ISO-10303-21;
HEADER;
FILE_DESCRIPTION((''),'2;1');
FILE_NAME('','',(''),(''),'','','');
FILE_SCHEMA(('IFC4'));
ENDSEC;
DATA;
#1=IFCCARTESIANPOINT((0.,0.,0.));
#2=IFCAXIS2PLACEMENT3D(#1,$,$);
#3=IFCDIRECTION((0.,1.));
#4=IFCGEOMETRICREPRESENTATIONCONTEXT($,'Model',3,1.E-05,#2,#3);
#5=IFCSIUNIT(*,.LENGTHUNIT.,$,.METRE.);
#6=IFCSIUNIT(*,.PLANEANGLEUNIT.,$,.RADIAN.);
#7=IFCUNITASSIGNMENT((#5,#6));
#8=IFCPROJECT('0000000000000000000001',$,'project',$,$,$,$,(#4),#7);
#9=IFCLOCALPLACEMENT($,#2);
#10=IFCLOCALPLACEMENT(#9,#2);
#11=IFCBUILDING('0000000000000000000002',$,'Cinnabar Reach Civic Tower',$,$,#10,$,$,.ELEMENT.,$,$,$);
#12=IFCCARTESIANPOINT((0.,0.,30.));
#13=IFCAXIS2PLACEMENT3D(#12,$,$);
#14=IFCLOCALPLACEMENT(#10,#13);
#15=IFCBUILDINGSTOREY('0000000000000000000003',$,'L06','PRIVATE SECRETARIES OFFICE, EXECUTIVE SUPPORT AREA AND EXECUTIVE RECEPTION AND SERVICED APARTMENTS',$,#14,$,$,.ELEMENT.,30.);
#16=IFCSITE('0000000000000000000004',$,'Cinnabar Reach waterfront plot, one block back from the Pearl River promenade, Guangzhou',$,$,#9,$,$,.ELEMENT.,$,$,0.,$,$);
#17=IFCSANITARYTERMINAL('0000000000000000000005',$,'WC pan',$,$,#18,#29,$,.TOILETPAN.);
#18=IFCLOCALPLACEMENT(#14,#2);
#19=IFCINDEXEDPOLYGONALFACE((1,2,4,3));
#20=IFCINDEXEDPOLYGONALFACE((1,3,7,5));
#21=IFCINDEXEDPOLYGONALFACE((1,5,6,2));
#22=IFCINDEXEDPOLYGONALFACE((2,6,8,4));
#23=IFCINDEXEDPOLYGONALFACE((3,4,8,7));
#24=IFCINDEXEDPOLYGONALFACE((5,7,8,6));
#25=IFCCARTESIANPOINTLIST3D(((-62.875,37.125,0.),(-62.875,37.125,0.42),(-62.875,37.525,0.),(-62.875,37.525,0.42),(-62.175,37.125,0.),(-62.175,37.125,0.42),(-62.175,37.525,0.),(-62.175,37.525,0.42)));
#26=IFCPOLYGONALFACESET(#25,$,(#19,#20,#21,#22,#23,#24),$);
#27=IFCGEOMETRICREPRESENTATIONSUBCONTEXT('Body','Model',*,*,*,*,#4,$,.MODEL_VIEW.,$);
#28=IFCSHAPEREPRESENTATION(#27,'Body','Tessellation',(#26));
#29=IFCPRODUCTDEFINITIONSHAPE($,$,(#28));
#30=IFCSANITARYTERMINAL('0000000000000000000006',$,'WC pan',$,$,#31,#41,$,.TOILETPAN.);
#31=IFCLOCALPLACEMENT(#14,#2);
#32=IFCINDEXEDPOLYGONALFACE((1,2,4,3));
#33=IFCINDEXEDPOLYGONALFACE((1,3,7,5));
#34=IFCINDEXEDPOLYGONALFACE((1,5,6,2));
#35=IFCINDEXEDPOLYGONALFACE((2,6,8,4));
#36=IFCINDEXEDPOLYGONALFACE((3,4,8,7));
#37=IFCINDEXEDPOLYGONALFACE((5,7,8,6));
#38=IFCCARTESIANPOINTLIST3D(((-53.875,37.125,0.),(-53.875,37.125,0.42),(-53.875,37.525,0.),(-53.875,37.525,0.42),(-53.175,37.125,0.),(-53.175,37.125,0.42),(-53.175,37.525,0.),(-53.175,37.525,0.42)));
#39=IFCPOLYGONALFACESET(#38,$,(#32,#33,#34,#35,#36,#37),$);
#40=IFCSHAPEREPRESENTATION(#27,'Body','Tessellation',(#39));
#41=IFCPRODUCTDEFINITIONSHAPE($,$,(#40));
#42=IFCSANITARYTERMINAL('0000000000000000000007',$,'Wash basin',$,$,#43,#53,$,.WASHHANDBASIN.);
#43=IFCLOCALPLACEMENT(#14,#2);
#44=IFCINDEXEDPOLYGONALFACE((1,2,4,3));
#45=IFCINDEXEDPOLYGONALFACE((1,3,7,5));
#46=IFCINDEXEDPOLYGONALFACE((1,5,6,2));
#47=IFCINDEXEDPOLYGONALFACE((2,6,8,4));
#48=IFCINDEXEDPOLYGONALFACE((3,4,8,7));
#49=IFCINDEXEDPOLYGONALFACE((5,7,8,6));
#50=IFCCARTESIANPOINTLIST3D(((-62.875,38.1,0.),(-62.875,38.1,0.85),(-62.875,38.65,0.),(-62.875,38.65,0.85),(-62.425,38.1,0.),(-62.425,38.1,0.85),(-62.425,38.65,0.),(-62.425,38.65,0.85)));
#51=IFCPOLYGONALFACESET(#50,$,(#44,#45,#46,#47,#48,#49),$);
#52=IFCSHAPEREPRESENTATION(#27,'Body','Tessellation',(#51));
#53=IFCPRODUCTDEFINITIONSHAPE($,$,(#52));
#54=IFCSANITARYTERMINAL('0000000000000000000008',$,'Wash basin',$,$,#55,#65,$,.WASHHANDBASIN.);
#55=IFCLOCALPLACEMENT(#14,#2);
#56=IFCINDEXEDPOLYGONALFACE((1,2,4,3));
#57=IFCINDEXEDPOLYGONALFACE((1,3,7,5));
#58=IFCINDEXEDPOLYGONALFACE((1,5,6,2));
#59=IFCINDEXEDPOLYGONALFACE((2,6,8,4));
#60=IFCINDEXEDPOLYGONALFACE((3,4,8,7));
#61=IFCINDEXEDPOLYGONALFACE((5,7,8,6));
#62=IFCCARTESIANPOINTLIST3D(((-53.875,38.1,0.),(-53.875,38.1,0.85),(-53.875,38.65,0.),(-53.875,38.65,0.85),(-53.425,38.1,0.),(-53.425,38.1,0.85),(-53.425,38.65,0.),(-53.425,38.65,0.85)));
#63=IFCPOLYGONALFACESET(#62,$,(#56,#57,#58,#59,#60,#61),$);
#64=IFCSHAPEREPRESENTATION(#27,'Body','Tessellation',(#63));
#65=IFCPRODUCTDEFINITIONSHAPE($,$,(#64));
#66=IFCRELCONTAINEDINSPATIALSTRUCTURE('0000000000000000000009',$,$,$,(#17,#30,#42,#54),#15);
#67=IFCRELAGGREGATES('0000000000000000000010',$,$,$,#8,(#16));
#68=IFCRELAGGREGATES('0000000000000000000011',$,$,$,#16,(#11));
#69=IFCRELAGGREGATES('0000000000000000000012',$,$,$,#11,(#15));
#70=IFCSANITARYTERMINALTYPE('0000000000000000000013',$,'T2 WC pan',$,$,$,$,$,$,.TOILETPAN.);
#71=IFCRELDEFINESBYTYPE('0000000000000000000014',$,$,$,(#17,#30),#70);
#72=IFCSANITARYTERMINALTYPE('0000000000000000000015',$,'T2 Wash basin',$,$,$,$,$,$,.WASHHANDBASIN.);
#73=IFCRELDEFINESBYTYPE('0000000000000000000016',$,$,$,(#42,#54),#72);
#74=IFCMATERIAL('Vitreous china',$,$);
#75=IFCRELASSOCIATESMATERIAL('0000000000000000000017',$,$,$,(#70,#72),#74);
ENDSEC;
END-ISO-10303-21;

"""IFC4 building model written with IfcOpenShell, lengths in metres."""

from ifc_helpers import new_model, si_unit, direction, frame, origin, origin_2d, place, context, subcontext, project, spatial, rectangle, extrude, material, type_object, element, save


model = new_model("IFC4")

# Units and contexts
model_context = context("Model", 3, precision=1e-05, world=origin(), true_north=direction((0.0, 1.0)))
body_context = subcontext(model_context, "Body", "Model", "MODEL_VIEW")
ifc_project = project(units=[si_unit("LENGTHUNIT", "METRE"), si_unit("PLANEANGLEUNIT", "RADIAN")], contexts=[model_context])

# Site, building, storey
site_placement = place(None, origin())
site = spatial("IfcSite", under=ifc_project, at=site_placement, Name="Cinnabar Reach waterfront plot, one block back from the Pearl River promenade, Guangzhou", CompositionType="ELEMENT", RefElevation=0.0)
building_placement = place(site_placement, origin())
building = spatial("IfcBuilding", under=site, at=building_placement, Name="Cinnabar Reach Civic Tower", CompositionType="ELEMENT")
storey_placement = place(building_placement, frame((0.0, 0.0, 30.0)))
storey = spatial("IfcBuildingStorey", under=building, at=storey_placement, Name="L06", Description="PRIVATE SECRETARIES OFFICE, EXECUTIVE SUPPORT AREA AND EXECUTIVE RECEPTION AND SERVICED APARTMENTS", CompositionType="ELEMENT", Elevation=30.0)

# Sanitary terminals
ifc_material_1 = material(Name="Vitreous china")
sanitary_terminal_type_1 = type_object("IfcSanitaryTerminalType", Name="T2 WC pan", PredefinedType="TOILETPAN", material=ifc_material_1)
for number, where, z_axis, x_axis, name in (
    (1, (-62.525, 37.325, 0.0), (0.0, 0.0, 1.0), (1.0, 0.0, 0.0), "WC pan"),
    (2, (-53.525, 37.325, 0.0), (0.0, 0.0, 1.0), (1.0, 0.0, 0.0), "WC pan"),
):
    element("IfcSanitaryTerminal", number, at=place(storey_placement, frame(where, z_axis=z_axis, x_axis=x_axis)), inside=storey, type_object=sanitary_terminal_type_1, Name=name, PredefinedType="TOILETPAN", context=body_context, shape_type="SweptSolid", body=[
        extrude(rectangle(XDim=0.7, YDim=0.4, at=origin_2d()), origin(), (0.0, 0.0, 1.0), 0.42),
    ])
sanitary_terminal_type_2 = type_object("IfcSanitaryTerminalType", Name="T2 Wash basin", PredefinedType="WASHHANDBASIN", material=ifc_material_1)
for number, where, z_axis, x_axis, name in (
    (3, (-62.65, 38.375, 0.0), (0.0, 0.0, 1.0), (1.0, 0.0, 0.0), "Wash basin"),
    (4, (-53.65, 38.375, 0.0), (0.0, 0.0, 1.0), (1.0, 0.0, 0.0), "Wash basin"),
):
    element("IfcSanitaryTerminal", number, at=place(storey_placement, frame(where, z_axis=z_axis, x_axis=x_axis)), inside=storey, type_object=sanitary_terminal_type_2, Name=name, PredefinedType="WASHHANDBASIN", context=body_context, shape_type="SweptSolid", body=[
        extrude(rectangle(XDim=0.45, YDim=0.55, at=origin_2d()), origin(), (0.0, 0.0, 1.0), 0.85),
    ])

save(model, "model.ifc")
